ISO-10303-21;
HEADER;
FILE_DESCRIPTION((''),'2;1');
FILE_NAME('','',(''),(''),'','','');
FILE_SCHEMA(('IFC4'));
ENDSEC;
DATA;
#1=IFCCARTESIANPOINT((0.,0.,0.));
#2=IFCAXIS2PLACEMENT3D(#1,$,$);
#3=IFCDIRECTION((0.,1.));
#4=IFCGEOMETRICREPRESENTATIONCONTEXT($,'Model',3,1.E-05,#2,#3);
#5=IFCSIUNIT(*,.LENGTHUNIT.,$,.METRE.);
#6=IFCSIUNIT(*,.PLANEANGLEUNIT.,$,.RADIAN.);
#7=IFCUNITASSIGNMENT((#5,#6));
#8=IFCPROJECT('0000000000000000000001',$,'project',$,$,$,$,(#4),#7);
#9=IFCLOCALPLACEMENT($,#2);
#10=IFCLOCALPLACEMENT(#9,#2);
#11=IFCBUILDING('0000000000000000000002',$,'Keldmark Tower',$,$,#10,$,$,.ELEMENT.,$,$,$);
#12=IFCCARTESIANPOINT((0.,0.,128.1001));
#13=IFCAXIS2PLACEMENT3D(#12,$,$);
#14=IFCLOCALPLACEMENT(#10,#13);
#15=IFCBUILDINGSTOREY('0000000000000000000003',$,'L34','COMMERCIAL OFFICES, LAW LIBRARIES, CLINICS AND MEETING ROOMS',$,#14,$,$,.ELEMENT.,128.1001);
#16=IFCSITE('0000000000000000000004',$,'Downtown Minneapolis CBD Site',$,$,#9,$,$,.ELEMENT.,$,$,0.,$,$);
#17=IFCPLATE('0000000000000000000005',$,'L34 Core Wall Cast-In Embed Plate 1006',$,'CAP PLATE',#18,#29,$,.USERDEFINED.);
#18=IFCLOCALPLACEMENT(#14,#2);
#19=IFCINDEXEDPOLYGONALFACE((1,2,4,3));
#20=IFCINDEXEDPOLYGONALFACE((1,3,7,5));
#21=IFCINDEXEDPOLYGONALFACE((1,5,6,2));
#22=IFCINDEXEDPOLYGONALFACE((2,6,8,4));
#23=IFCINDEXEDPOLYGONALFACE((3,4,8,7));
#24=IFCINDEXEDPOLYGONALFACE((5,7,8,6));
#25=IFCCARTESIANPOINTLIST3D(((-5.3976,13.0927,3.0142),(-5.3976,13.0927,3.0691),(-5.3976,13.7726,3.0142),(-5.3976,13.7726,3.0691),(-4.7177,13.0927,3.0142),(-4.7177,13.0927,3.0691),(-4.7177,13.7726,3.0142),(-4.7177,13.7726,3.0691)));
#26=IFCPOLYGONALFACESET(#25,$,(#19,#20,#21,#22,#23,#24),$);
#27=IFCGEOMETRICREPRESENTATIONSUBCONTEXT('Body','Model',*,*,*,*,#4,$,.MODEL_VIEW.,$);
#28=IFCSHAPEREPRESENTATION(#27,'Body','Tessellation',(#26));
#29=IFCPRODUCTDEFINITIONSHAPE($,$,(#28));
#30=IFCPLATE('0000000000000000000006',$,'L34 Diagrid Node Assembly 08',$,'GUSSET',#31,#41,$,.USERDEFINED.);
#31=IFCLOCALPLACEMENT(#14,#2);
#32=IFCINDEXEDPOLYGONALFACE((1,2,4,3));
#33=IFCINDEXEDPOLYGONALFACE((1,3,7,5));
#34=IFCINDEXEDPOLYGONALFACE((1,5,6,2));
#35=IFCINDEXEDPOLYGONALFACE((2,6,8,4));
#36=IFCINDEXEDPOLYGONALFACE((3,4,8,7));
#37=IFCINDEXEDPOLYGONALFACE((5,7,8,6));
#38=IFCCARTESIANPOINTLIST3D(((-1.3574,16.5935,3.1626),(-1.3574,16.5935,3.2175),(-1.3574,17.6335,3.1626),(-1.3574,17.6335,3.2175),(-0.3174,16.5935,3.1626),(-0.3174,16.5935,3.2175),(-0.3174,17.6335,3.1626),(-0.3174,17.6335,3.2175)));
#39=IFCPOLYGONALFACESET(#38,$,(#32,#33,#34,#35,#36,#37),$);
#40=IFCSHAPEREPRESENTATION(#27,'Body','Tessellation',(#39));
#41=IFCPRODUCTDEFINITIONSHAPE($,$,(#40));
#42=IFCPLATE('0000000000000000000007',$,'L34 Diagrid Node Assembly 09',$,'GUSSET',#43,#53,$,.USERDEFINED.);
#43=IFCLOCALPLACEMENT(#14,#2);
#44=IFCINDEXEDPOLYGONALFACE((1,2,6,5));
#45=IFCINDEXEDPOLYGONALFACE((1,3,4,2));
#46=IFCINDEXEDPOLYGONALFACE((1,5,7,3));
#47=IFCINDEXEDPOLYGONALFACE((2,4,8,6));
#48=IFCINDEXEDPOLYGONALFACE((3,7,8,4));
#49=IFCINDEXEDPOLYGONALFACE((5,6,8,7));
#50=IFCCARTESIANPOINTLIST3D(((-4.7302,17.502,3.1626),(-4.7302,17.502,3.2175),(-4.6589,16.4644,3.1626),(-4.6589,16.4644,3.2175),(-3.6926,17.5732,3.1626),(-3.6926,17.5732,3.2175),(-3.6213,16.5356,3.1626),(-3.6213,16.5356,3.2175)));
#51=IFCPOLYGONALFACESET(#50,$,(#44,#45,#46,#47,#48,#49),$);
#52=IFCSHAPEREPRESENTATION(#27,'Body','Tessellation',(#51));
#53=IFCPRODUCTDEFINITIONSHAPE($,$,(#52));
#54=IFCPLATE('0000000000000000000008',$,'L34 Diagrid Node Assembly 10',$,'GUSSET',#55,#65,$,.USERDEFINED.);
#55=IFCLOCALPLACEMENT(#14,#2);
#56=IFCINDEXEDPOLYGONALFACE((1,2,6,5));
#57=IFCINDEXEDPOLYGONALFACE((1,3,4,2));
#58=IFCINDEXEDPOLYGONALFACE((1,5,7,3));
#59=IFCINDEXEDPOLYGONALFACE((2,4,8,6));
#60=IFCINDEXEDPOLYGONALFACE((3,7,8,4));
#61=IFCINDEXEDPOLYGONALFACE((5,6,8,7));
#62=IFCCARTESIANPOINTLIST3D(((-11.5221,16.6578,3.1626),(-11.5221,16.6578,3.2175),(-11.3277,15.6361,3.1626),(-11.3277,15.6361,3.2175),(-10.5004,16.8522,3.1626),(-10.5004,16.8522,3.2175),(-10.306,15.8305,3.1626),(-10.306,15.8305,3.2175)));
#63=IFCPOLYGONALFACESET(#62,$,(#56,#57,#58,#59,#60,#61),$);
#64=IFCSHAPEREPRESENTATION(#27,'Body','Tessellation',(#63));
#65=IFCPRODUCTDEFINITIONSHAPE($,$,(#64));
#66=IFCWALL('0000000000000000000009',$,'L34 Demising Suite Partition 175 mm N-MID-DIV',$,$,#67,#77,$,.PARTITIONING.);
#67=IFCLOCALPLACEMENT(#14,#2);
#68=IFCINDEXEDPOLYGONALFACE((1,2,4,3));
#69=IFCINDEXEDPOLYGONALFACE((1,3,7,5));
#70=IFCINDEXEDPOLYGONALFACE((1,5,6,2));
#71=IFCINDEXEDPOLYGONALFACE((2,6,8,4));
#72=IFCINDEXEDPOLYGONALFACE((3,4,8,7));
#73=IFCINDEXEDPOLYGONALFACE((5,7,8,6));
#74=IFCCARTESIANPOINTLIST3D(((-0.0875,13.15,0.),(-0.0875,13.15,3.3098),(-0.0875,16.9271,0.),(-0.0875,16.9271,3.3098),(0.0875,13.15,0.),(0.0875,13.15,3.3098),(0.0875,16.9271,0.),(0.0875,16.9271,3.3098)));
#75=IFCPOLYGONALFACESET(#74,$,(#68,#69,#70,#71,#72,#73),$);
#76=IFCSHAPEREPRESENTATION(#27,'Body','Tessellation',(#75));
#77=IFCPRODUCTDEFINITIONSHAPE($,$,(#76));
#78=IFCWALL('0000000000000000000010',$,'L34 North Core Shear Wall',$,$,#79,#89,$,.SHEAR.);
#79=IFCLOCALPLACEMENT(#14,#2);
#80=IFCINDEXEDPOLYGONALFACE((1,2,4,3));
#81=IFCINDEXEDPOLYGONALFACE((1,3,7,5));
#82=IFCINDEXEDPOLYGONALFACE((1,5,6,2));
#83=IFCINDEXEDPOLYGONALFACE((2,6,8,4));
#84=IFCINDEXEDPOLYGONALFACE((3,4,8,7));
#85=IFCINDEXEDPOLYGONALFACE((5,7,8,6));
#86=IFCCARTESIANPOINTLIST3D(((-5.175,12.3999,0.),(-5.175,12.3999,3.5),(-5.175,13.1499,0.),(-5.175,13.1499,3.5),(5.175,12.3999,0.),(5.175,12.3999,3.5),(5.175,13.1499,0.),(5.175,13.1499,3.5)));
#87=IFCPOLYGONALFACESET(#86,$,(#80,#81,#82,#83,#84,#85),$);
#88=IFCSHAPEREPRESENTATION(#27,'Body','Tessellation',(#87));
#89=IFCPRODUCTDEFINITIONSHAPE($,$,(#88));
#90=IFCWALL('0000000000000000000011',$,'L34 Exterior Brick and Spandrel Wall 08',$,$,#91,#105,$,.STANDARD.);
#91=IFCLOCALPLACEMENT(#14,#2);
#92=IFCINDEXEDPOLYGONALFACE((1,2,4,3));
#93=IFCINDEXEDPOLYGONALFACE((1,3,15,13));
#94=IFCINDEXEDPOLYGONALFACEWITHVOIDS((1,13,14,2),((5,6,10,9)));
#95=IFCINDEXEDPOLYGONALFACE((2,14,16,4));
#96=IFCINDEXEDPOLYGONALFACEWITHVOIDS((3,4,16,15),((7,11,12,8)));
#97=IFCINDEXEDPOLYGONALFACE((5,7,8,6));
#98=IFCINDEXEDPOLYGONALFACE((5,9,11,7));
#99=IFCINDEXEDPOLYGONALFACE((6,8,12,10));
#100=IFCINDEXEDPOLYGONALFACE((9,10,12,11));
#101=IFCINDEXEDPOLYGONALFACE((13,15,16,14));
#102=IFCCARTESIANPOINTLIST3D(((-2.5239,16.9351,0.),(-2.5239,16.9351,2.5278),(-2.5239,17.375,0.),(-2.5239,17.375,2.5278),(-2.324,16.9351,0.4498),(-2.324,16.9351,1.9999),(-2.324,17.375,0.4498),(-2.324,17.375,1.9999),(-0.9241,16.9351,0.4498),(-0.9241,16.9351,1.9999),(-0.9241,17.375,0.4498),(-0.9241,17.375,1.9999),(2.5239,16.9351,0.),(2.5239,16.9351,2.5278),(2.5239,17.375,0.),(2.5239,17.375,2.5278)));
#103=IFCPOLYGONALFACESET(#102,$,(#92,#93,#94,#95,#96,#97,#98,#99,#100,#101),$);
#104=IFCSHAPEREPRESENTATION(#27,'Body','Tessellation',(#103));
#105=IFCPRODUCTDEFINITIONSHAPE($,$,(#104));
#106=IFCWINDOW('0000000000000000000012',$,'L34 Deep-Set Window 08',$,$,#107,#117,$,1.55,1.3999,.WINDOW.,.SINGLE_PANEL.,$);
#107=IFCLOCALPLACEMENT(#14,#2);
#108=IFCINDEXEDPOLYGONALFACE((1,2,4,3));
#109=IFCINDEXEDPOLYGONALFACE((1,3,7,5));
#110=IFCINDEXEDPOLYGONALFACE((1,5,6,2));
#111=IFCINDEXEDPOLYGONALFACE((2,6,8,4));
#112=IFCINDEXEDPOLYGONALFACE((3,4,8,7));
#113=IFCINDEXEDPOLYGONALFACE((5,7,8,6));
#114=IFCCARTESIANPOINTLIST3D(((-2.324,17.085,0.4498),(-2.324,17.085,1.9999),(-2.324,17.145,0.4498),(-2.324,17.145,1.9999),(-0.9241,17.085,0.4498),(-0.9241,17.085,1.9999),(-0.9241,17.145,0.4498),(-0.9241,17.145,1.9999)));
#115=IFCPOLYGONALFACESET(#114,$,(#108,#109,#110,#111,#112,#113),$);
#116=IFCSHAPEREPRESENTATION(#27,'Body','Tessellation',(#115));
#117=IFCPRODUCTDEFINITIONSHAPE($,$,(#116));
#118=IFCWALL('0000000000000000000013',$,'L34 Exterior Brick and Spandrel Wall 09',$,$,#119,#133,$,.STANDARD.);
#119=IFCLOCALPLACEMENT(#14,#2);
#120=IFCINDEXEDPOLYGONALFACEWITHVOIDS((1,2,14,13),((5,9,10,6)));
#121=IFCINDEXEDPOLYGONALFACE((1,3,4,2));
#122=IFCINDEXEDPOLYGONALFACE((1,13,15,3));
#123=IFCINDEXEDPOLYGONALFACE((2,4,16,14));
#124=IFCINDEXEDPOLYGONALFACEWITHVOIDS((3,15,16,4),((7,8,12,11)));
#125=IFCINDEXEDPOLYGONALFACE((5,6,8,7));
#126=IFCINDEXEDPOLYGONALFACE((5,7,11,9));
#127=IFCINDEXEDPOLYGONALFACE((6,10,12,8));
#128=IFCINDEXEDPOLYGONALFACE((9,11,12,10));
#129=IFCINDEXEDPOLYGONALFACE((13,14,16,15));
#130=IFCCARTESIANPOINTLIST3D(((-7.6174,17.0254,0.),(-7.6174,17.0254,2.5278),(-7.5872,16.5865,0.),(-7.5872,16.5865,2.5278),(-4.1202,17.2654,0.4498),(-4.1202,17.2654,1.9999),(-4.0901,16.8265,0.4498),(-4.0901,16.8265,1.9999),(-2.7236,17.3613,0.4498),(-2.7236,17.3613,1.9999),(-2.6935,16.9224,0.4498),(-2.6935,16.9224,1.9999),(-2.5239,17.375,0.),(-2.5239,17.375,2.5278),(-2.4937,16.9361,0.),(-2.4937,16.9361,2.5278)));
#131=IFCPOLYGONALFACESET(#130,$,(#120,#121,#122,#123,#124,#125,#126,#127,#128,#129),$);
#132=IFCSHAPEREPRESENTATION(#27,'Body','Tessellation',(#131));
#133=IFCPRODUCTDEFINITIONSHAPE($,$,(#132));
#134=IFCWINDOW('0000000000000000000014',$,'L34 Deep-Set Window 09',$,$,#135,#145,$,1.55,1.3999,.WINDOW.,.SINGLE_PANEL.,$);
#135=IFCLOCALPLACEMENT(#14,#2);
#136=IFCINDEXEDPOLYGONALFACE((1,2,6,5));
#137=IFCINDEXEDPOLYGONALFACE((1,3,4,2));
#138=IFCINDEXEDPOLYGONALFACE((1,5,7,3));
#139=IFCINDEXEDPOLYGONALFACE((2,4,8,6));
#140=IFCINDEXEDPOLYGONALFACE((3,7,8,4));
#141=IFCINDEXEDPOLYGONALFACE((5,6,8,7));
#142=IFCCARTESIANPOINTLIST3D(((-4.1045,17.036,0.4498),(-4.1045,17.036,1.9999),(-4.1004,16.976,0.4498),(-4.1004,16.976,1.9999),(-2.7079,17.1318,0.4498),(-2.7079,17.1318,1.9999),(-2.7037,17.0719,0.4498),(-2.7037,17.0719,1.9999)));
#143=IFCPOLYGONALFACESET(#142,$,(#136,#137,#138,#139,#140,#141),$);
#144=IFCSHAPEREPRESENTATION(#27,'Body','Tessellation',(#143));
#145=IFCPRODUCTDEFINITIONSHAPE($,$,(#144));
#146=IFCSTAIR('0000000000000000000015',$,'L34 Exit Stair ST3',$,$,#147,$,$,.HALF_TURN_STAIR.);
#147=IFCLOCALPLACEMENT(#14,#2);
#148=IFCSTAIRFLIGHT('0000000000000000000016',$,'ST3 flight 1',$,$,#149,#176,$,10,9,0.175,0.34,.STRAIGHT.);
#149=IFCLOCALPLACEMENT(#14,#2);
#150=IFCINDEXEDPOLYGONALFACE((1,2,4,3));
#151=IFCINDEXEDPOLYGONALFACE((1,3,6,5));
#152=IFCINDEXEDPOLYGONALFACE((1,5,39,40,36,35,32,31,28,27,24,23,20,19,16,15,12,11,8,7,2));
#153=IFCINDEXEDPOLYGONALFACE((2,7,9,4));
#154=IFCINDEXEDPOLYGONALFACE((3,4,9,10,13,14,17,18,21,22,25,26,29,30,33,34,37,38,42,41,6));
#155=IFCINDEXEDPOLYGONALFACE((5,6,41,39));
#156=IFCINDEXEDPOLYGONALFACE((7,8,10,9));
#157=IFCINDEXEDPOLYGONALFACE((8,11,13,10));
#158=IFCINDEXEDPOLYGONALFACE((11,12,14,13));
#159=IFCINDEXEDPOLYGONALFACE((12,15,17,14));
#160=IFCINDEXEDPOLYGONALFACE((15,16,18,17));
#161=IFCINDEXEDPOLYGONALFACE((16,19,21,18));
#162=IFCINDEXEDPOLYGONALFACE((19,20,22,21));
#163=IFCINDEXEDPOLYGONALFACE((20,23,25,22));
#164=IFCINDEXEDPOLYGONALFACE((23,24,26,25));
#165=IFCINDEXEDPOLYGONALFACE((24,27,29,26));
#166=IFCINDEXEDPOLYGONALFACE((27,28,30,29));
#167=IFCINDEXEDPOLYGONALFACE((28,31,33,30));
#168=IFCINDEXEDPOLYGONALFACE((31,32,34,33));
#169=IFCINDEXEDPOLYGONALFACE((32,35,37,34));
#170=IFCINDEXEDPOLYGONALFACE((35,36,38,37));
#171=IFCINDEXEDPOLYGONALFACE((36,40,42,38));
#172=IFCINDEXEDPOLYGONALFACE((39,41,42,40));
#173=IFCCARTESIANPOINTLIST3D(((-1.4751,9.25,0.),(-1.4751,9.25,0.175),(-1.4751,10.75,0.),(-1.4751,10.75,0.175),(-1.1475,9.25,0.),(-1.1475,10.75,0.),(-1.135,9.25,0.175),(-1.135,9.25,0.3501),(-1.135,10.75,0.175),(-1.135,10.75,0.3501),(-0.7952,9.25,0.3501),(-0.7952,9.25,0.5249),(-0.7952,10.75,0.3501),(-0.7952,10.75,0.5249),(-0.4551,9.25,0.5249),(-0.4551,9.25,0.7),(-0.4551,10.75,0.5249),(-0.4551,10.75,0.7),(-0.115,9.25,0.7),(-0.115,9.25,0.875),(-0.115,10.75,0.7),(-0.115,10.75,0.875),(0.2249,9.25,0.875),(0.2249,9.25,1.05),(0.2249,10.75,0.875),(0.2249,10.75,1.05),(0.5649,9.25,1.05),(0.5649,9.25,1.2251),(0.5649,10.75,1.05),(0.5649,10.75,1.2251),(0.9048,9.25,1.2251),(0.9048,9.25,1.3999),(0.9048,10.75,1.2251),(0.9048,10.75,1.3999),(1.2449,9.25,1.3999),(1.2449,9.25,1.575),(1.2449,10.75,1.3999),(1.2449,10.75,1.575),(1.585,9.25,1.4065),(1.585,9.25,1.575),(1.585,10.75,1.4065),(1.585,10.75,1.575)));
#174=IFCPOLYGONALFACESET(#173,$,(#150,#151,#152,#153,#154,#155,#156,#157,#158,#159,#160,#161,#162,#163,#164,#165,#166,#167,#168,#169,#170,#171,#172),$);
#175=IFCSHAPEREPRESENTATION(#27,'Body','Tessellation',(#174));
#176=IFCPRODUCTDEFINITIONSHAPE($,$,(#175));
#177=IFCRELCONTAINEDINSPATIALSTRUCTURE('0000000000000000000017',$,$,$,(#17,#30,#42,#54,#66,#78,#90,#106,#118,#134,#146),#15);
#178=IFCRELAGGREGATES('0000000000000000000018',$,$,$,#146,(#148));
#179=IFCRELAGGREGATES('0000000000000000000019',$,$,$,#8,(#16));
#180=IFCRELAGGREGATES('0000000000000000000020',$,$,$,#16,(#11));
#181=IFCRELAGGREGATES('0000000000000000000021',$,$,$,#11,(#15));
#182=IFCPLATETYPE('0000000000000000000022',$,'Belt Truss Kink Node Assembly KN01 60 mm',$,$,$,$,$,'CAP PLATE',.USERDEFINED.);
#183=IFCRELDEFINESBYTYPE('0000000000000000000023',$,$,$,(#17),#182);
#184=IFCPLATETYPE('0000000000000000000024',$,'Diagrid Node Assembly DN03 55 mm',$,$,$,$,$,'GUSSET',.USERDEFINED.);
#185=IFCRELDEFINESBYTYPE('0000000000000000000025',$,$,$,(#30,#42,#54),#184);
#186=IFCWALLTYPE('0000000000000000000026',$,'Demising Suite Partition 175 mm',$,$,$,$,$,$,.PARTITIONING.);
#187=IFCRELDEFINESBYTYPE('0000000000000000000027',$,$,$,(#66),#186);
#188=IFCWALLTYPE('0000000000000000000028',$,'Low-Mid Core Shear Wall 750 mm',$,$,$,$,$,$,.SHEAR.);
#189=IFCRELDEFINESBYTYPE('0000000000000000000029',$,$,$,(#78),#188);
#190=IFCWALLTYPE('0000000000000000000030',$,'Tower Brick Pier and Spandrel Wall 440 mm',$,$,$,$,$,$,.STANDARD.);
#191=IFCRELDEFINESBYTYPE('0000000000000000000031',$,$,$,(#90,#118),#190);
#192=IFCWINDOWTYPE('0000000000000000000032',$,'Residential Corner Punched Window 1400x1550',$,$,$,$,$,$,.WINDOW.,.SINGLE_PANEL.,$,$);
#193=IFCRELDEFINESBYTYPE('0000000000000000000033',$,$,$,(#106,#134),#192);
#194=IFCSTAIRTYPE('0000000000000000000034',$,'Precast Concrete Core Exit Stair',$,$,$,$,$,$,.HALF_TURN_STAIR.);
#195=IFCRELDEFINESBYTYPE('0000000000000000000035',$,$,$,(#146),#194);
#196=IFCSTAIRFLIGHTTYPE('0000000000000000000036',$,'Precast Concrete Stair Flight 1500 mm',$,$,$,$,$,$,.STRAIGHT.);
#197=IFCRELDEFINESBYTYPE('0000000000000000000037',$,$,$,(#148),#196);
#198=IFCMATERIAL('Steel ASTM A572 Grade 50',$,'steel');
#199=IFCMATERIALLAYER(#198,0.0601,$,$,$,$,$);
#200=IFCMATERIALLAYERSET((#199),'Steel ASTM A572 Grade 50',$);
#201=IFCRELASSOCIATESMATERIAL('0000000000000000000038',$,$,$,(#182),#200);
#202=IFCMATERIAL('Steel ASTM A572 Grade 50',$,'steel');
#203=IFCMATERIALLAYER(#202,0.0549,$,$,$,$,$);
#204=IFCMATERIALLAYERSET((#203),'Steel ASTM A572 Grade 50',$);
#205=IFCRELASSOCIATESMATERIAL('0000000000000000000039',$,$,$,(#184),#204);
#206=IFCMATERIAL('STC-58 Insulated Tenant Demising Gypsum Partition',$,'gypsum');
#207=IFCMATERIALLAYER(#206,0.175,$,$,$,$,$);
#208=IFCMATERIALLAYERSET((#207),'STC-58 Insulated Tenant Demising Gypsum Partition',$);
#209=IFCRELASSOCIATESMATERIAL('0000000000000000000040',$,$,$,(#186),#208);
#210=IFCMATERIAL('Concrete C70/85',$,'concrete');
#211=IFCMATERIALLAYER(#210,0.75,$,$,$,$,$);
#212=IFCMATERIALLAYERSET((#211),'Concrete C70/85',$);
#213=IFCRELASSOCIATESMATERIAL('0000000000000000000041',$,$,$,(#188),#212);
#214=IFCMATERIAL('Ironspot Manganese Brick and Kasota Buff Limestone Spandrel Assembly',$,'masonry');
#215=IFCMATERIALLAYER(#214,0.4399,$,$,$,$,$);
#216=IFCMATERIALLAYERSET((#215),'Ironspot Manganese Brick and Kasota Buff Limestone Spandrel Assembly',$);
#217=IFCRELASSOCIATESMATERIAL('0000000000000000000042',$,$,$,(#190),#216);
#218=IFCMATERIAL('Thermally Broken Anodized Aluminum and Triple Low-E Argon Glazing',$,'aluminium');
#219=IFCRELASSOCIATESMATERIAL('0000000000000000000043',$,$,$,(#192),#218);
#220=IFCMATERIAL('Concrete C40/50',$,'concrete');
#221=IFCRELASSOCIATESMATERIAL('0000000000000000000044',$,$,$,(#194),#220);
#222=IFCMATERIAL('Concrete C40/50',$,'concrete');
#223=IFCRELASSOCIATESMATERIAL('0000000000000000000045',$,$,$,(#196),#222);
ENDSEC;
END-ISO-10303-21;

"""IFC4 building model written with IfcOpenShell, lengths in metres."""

from ifc_helpers import new_model, si_unit, direction, frame, frame_2d, origin, origin_2d, place, context, subcontext, project, spatial, polyline, rectangle, outline, extrude, material, layer, layer_set, type_object, element, fill, aggregate, save


model = new_model("IFC4")

# Units and contexts
model_context = context("Model", 3, precision=1e-05, world=origin(), true_north=direction((0.0, 1.0)))
body_context = subcontext(model_context, "Body", "Model", "MODEL_VIEW")
ifc_project = project(units=[si_unit("LENGTHUNIT", "METRE"), si_unit("PLANEANGLEUNIT", "RADIAN")], contexts=[model_context])

# Site, building, storey
site_placement = place(None, origin())
site = spatial("IfcSite", under=ifc_project, at=site_placement, Name="Downtown Minneapolis CBD Site", CompositionType="ELEMENT", RefElevation=0.0)
building_placement = place(site_placement, origin())
building = spatial("IfcBuilding", under=site, at=building_placement, Name="Keldmark Tower", CompositionType="ELEMENT")
storey_placement = place(building_placement, frame((0.0, 0.0, 128.1001)))
storey = spatial("IfcBuildingStorey", under=building, at=storey_placement, Name="L34", Description="COMMERCIAL OFFICES, LAW LIBRARIES, CLINICS AND MEETING ROOMS", CompositionType="ELEMENT", Elevation=128.1001)

# Plates
ifc_material_1 = material(Name="Steel ASTM A572 Grade 50", Category="steel")
ifc_layer_1 = layer(ifc_material_1, 0.0601)
ifc_layer_set_1 = layer_set([ifc_layer_1], Name="Steel ASTM A572 Grade 50")
plate_type_1 = type_object("IfcPlateType", Name="Belt Truss Kink Node Assembly KN01 60 mm", ElementType="CAP PLATE", PredefinedType="USERDEFINED", material=ifc_layer_set_1)
for number, where, z_axis, x_axis, name in (
    (1, (-5.0576, 13.4326, 3.0142), (0.0, 0.0, 1.0), (1.0, 0.0, 0.0), "L34 Core Wall Cast-In Embed Plate 1006"),
):
    element("IfcPlate", number, at=place(storey_placement, frame(where, z_axis=z_axis, x_axis=x_axis)), inside=storey, type_object=plate_type_1, Name=name, ObjectType="CAP PLATE", PredefinedType="USERDEFINED", context=body_context, shape_type="SweptSolid", body=[
        extrude(rectangle(XDim=0.6799, YDim=0.6799, at=origin_2d()), origin(), (0.0, 0.0, 1.0), 0.0549),
    ])
ifc_material_2 = material(Name="Steel ASTM A572 Grade 50", Category="steel")
ifc_layer_2 = layer(ifc_material_2, 0.0549)
ifc_layer_set_2 = layer_set([ifc_layer_2], Name="Steel ASTM A572 Grade 50")
plate_type_2 = type_object("IfcPlateType", Name="Diagrid Node Assembly DN03 55 mm", ElementType="GUSSET", PredefinedType="USERDEFINED", material=ifc_layer_set_2)
for number, where, z_axis, x_axis, name in (
    (2, (-0.8374, 17.1135, 3.1626), (0.0, 0.0, 1.0), (-1.0, 0.0, 0.0), "L34 Diagrid Node Assembly 08"),
    (3, (-4.1758, 17.0188, 3.1626), (0.0, 0.0, 1.0), (-0.997649, -0.068538, 0.0), "L34 Diagrid Node Assembly 09"),
    (4, (-10.9141, 16.2441, 3.1626), (0.0, 0.0, 1.0), (-0.982385, -0.186867, 0.0), "L34 Diagrid Node Assembly 10"),
):
    element("IfcPlate", number, at=place(storey_placement, frame(where, z_axis=z_axis, x_axis=x_axis)), inside=storey, type_object=plate_type_2, Name=name, ObjectType="GUSSET", PredefinedType="USERDEFINED", context=body_context, shape_type="SweptSolid", body=[
        extrude(rectangle(XDim=1.04, YDim=1.04, at=origin_2d()), origin(), (0.0, 0.0, 1.0), 0.0549),
    ])

# Walls
ifc_material_3 = material(Name="STC-58 Insulated Tenant Demising Gypsum Partition", Category="gypsum")
ifc_layer_3 = layer(ifc_material_3, 0.175)
ifc_layer_set_3 = layer_set([ifc_layer_3], Name="STC-58 Insulated Tenant Demising Gypsum Partition")
wall_type_1 = type_object("IfcWallType", Name="Demising Suite Partition 175 mm", PredefinedType="PARTITIONING", material=ifc_layer_set_3)
wall_1_placement = place(storey_placement, frame((0.0, 13.1499, 0.0), z_axis=(0.0, 0.0, 1.0), x_axis=(0.0, 1.0, 0.0)))
element("IfcWall", 5, at=wall_1_placement, inside=storey, type_object=wall_type_1, Name="L34 Demising Suite Partition 175 mm N-MID-DIV", PredefinedType="PARTITIONING", context=body_context, shape_type="SweptSolid", body=[
    extrude(rectangle(XDim=3.7771, YDim=0.175, at=frame_2d((1.8887, 0.0))), origin(), (0.0, 0.0, 1.0), 3.3098),
])
ifc_material_4 = material(Name="Concrete C70/85", Category="concrete")
ifc_layer_4 = layer(ifc_material_4, 0.75)
ifc_layer_set_4 = layer_set([ifc_layer_4], Name="Concrete C70/85")
wall_type_2 = type_object("IfcWallType", Name="Low-Mid Core Shear Wall 750 mm", PredefinedType="SHEAR", material=ifc_layer_set_4)
wall_2_placement = place(storey_placement, frame((-5.175, 12.7749, 0.0), z_axis=(0.0, 0.0, 1.0), x_axis=(1.0, 0.0, 0.0)))
element("IfcWall", 6, at=wall_2_placement, inside=storey, type_object=wall_type_2, Name="L34 North Core Shear Wall", PredefinedType="SHEAR", context=body_context, shape_type="SweptSolid", body=[
    extrude(rectangle(XDim=10.3501, YDim=0.75, at=frame_2d((5.175, 0.0))), origin(), (0.0, 0.0, 1.0), 3.5),
])

# Walls, openings, windows
ifc_material_5 = material(Name="Ironspot Manganese Brick and Kasota Buff Limestone Spandrel Assembly", Category="masonry")
ifc_layer_5 = layer(ifc_material_5, 0.4399)
ifc_layer_set_5 = layer_set([ifc_layer_5], Name="Ironspot Manganese Brick and Kasota Buff Limestone Spandrel Assembly")
wall_type_3 = type_object("IfcWallType", Name="Tower Brick Pier and Spandrel Wall 440 mm", PredefinedType="STANDARD", material=ifc_layer_set_5)
wall_3_placement = place(storey_placement, frame((-2.5239, 17.155, 0.0), z_axis=(0.0, 0.0, 1.0), x_axis=(1.0, 0.0, 0.0)))
wall_3 = element("IfcWall", 7, at=wall_3_placement, inside=storey, type_object=wall_type_3, Name="L34 Exterior Brick and Spandrel Wall 08", PredefinedType="STANDARD", context=body_context, shape_type="SweptSolid", body=[
    extrude(rectangle(XDim=5.0479, YDim=0.4399, at=frame_2d((2.5239, 0.0))), origin(), (0.0, 0.0, 1.0), 2.5278),
])
opening_1_placement = place(wall_3_placement, frame((0.2, 0.0, 0.45)))
opening_1 = element("IfcOpeningElement", 8, at=opening_1_placement, cuts=wall_3, PredefinedType="OPENING", context=body_context, shape_type="SweptSolid", body=[
    extrude(rectangle(XDim=1.3999, YDim=1.55, at=frame_2d((0.7, 0.7749))), frame((0.0, 0.23, 0.0), z_axis=(0.0, -1.0, 0.0), x_axis=(1.0, 0.0, 0.0)), (0.0, 0.0, 1.0), 0.46),
])
ifc_material_6 = material(Name="Thermally Broken Anodized Aluminum and Triple Low-E Argon Glazing", Category="aluminium")
window_type = type_object("IfcWindowType", Name="Residential Corner Punched Window 1400x1550", PartitioningType="SINGLE_PANEL", PredefinedType="WINDOW", material=ifc_material_6)
window_1_placement = place(opening_1_placement, origin())
window_1 = element("IfcWindow", 9, at=window_1_placement, inside=storey, type_object=window_type, Name="L34 Deep-Set Window 08", OverallHeight=1.55, OverallWidth=1.3999, PartitioningType="SINGLE_PANEL", PredefinedType="WINDOW", context=body_context, shape_type="SweptSolid", body=[
    extrude(rectangle(XDim=1.3999, YDim=1.55, at=frame_2d((0.7, 0.7749))), frame((0.0, -0.01, 0.0), z_axis=(0.0, -1.0, 0.0), x_axis=(1.0, 0.0, 0.0)), (0.0, 0.0, 1.0), 0.0601),
])
fill(opening_1, window_1)
wall_4_placement = place(storey_placement, frame((-7.6023, 16.8059, 0.0), z_axis=(0.0, 0.0, 1.0), x_axis=(0.997653, 0.068477, 0.0)))
wall_4 = element("IfcWall", 10, at=wall_4_placement, inside=storey, type_object=wall_type_3, Name="L34 Exterior Brick and Spandrel Wall 09", PredefinedType="STANDARD", context=body_context, shape_type="SweptSolid", body=[
    extrude(rectangle(XDim=5.1055, YDim=0.4399, at=frame_2d((2.5527, 0.0))), origin(), (0.0, 0.0, 1.0), 2.5278),
])
opening_2_placement = place(wall_4_placement, frame((3.5054, 0.0, 0.45)))
opening_2 = element("IfcOpeningElement", 11, at=opening_2_placement, cuts=wall_4, PredefinedType="OPENING", context=body_context, shape_type="SweptSolid", body=[
    extrude(rectangle(XDim=1.3999, YDim=1.55, at=frame_2d((0.7, 0.7749))), frame((0.0, 0.23, 0.0), z_axis=(0.0, -1.0, 0.0), x_axis=(1.0, 0.0, 0.0)), (0.0, 0.0, 1.0), 0.46),
])
window_2_placement = place(opening_2_placement, origin())
window_2 = element("IfcWindow", 12, at=window_2_placement, inside=storey, type_object=window_type, Name="L34 Deep-Set Window 09", OverallHeight=1.55, OverallWidth=1.3999, PartitioningType="SINGLE_PANEL", PredefinedType="WINDOW", context=body_context, shape_type="SweptSolid", body=[
    extrude(rectangle(XDim=1.3999, YDim=1.55, at=frame_2d((0.7, 0.7749))), frame((0.0, -0.01, 0.0), z_axis=(0.0, -1.0, 0.0), x_axis=(1.0, 0.0, 0.0)), (0.0, 0.0, 1.0), 0.0601),
])
fill(opening_2, window_2)

# Stair, stair flight
ifc_material_7 = material(Name="Concrete C40/50", Category="concrete")
stair_type = type_object("IfcStairType", Name="Precast Concrete Core Exit Stair", PredefinedType="HALF_TURN_STAIR", material=ifc_material_7)
stair_placement = place(storey_placement, origin())
stair = element("IfcStair", 13, at=stair_placement, inside=storey, type_object=stair_type, Name="L34 Exit Stair ST3", PredefinedType="HALF_TURN_STAIR")
ifc_material_8 = material(Name="Concrete C40/50", Category="concrete")
stair_flight_type = type_object("IfcStairFlightType", Name="Precast Concrete Stair Flight 1500 mm", PredefinedType="STRAIGHT", material=ifc_material_8)
stair_flight_placement = place(storey_placement, frame((-1.4751, 10.0, 0.0), z_axis=(0.0, 0.0, 1.0), x_axis=(1.0, 0.0, 0.0)))
stair_flight = element("IfcStairFlight", 14, at=stair_flight_placement, type_object=stair_flight_type, Name="ST3 flight 1", NumberOfRisers=10, NumberOfTreads=9, PredefinedType="STRAIGHT", RiserHeight=0.175, TreadLength=0.34, context=body_context, shape_type="SweptSolid", body=[
    extrude(outline(polyline([(0.0, 0.0), (0.0, 0.175), (0.3401, 0.175), (0.3401, 0.3501), (0.6799, 0.3501), (0.6799, 0.5249), (1.02, 0.5249), (1.02, 0.7), (1.3601, 0.7), (1.3601, 0.875), (1.7, 0.875), (1.7, 1.05), (2.04, 1.05), (2.04, 1.2251), (2.3799, 1.2251), (2.3799, 1.3999), (2.72, 1.3999), (2.72, 1.575), (3.0601, 1.575), (3.0601, 1.75), (3.0601, 1.4065), (0.3276, 0.0), (0.0, 0.0)])), frame((0.0, 0.75, 0.0), z_axis=(0.0, -1.0, 0.0), x_axis=(1.0, 0.0, 0.0)), (0.0, 0.0, 1.0), 1.5),
])
aggregate(stair, [stair_flight])

save(model, "model.ifc")
